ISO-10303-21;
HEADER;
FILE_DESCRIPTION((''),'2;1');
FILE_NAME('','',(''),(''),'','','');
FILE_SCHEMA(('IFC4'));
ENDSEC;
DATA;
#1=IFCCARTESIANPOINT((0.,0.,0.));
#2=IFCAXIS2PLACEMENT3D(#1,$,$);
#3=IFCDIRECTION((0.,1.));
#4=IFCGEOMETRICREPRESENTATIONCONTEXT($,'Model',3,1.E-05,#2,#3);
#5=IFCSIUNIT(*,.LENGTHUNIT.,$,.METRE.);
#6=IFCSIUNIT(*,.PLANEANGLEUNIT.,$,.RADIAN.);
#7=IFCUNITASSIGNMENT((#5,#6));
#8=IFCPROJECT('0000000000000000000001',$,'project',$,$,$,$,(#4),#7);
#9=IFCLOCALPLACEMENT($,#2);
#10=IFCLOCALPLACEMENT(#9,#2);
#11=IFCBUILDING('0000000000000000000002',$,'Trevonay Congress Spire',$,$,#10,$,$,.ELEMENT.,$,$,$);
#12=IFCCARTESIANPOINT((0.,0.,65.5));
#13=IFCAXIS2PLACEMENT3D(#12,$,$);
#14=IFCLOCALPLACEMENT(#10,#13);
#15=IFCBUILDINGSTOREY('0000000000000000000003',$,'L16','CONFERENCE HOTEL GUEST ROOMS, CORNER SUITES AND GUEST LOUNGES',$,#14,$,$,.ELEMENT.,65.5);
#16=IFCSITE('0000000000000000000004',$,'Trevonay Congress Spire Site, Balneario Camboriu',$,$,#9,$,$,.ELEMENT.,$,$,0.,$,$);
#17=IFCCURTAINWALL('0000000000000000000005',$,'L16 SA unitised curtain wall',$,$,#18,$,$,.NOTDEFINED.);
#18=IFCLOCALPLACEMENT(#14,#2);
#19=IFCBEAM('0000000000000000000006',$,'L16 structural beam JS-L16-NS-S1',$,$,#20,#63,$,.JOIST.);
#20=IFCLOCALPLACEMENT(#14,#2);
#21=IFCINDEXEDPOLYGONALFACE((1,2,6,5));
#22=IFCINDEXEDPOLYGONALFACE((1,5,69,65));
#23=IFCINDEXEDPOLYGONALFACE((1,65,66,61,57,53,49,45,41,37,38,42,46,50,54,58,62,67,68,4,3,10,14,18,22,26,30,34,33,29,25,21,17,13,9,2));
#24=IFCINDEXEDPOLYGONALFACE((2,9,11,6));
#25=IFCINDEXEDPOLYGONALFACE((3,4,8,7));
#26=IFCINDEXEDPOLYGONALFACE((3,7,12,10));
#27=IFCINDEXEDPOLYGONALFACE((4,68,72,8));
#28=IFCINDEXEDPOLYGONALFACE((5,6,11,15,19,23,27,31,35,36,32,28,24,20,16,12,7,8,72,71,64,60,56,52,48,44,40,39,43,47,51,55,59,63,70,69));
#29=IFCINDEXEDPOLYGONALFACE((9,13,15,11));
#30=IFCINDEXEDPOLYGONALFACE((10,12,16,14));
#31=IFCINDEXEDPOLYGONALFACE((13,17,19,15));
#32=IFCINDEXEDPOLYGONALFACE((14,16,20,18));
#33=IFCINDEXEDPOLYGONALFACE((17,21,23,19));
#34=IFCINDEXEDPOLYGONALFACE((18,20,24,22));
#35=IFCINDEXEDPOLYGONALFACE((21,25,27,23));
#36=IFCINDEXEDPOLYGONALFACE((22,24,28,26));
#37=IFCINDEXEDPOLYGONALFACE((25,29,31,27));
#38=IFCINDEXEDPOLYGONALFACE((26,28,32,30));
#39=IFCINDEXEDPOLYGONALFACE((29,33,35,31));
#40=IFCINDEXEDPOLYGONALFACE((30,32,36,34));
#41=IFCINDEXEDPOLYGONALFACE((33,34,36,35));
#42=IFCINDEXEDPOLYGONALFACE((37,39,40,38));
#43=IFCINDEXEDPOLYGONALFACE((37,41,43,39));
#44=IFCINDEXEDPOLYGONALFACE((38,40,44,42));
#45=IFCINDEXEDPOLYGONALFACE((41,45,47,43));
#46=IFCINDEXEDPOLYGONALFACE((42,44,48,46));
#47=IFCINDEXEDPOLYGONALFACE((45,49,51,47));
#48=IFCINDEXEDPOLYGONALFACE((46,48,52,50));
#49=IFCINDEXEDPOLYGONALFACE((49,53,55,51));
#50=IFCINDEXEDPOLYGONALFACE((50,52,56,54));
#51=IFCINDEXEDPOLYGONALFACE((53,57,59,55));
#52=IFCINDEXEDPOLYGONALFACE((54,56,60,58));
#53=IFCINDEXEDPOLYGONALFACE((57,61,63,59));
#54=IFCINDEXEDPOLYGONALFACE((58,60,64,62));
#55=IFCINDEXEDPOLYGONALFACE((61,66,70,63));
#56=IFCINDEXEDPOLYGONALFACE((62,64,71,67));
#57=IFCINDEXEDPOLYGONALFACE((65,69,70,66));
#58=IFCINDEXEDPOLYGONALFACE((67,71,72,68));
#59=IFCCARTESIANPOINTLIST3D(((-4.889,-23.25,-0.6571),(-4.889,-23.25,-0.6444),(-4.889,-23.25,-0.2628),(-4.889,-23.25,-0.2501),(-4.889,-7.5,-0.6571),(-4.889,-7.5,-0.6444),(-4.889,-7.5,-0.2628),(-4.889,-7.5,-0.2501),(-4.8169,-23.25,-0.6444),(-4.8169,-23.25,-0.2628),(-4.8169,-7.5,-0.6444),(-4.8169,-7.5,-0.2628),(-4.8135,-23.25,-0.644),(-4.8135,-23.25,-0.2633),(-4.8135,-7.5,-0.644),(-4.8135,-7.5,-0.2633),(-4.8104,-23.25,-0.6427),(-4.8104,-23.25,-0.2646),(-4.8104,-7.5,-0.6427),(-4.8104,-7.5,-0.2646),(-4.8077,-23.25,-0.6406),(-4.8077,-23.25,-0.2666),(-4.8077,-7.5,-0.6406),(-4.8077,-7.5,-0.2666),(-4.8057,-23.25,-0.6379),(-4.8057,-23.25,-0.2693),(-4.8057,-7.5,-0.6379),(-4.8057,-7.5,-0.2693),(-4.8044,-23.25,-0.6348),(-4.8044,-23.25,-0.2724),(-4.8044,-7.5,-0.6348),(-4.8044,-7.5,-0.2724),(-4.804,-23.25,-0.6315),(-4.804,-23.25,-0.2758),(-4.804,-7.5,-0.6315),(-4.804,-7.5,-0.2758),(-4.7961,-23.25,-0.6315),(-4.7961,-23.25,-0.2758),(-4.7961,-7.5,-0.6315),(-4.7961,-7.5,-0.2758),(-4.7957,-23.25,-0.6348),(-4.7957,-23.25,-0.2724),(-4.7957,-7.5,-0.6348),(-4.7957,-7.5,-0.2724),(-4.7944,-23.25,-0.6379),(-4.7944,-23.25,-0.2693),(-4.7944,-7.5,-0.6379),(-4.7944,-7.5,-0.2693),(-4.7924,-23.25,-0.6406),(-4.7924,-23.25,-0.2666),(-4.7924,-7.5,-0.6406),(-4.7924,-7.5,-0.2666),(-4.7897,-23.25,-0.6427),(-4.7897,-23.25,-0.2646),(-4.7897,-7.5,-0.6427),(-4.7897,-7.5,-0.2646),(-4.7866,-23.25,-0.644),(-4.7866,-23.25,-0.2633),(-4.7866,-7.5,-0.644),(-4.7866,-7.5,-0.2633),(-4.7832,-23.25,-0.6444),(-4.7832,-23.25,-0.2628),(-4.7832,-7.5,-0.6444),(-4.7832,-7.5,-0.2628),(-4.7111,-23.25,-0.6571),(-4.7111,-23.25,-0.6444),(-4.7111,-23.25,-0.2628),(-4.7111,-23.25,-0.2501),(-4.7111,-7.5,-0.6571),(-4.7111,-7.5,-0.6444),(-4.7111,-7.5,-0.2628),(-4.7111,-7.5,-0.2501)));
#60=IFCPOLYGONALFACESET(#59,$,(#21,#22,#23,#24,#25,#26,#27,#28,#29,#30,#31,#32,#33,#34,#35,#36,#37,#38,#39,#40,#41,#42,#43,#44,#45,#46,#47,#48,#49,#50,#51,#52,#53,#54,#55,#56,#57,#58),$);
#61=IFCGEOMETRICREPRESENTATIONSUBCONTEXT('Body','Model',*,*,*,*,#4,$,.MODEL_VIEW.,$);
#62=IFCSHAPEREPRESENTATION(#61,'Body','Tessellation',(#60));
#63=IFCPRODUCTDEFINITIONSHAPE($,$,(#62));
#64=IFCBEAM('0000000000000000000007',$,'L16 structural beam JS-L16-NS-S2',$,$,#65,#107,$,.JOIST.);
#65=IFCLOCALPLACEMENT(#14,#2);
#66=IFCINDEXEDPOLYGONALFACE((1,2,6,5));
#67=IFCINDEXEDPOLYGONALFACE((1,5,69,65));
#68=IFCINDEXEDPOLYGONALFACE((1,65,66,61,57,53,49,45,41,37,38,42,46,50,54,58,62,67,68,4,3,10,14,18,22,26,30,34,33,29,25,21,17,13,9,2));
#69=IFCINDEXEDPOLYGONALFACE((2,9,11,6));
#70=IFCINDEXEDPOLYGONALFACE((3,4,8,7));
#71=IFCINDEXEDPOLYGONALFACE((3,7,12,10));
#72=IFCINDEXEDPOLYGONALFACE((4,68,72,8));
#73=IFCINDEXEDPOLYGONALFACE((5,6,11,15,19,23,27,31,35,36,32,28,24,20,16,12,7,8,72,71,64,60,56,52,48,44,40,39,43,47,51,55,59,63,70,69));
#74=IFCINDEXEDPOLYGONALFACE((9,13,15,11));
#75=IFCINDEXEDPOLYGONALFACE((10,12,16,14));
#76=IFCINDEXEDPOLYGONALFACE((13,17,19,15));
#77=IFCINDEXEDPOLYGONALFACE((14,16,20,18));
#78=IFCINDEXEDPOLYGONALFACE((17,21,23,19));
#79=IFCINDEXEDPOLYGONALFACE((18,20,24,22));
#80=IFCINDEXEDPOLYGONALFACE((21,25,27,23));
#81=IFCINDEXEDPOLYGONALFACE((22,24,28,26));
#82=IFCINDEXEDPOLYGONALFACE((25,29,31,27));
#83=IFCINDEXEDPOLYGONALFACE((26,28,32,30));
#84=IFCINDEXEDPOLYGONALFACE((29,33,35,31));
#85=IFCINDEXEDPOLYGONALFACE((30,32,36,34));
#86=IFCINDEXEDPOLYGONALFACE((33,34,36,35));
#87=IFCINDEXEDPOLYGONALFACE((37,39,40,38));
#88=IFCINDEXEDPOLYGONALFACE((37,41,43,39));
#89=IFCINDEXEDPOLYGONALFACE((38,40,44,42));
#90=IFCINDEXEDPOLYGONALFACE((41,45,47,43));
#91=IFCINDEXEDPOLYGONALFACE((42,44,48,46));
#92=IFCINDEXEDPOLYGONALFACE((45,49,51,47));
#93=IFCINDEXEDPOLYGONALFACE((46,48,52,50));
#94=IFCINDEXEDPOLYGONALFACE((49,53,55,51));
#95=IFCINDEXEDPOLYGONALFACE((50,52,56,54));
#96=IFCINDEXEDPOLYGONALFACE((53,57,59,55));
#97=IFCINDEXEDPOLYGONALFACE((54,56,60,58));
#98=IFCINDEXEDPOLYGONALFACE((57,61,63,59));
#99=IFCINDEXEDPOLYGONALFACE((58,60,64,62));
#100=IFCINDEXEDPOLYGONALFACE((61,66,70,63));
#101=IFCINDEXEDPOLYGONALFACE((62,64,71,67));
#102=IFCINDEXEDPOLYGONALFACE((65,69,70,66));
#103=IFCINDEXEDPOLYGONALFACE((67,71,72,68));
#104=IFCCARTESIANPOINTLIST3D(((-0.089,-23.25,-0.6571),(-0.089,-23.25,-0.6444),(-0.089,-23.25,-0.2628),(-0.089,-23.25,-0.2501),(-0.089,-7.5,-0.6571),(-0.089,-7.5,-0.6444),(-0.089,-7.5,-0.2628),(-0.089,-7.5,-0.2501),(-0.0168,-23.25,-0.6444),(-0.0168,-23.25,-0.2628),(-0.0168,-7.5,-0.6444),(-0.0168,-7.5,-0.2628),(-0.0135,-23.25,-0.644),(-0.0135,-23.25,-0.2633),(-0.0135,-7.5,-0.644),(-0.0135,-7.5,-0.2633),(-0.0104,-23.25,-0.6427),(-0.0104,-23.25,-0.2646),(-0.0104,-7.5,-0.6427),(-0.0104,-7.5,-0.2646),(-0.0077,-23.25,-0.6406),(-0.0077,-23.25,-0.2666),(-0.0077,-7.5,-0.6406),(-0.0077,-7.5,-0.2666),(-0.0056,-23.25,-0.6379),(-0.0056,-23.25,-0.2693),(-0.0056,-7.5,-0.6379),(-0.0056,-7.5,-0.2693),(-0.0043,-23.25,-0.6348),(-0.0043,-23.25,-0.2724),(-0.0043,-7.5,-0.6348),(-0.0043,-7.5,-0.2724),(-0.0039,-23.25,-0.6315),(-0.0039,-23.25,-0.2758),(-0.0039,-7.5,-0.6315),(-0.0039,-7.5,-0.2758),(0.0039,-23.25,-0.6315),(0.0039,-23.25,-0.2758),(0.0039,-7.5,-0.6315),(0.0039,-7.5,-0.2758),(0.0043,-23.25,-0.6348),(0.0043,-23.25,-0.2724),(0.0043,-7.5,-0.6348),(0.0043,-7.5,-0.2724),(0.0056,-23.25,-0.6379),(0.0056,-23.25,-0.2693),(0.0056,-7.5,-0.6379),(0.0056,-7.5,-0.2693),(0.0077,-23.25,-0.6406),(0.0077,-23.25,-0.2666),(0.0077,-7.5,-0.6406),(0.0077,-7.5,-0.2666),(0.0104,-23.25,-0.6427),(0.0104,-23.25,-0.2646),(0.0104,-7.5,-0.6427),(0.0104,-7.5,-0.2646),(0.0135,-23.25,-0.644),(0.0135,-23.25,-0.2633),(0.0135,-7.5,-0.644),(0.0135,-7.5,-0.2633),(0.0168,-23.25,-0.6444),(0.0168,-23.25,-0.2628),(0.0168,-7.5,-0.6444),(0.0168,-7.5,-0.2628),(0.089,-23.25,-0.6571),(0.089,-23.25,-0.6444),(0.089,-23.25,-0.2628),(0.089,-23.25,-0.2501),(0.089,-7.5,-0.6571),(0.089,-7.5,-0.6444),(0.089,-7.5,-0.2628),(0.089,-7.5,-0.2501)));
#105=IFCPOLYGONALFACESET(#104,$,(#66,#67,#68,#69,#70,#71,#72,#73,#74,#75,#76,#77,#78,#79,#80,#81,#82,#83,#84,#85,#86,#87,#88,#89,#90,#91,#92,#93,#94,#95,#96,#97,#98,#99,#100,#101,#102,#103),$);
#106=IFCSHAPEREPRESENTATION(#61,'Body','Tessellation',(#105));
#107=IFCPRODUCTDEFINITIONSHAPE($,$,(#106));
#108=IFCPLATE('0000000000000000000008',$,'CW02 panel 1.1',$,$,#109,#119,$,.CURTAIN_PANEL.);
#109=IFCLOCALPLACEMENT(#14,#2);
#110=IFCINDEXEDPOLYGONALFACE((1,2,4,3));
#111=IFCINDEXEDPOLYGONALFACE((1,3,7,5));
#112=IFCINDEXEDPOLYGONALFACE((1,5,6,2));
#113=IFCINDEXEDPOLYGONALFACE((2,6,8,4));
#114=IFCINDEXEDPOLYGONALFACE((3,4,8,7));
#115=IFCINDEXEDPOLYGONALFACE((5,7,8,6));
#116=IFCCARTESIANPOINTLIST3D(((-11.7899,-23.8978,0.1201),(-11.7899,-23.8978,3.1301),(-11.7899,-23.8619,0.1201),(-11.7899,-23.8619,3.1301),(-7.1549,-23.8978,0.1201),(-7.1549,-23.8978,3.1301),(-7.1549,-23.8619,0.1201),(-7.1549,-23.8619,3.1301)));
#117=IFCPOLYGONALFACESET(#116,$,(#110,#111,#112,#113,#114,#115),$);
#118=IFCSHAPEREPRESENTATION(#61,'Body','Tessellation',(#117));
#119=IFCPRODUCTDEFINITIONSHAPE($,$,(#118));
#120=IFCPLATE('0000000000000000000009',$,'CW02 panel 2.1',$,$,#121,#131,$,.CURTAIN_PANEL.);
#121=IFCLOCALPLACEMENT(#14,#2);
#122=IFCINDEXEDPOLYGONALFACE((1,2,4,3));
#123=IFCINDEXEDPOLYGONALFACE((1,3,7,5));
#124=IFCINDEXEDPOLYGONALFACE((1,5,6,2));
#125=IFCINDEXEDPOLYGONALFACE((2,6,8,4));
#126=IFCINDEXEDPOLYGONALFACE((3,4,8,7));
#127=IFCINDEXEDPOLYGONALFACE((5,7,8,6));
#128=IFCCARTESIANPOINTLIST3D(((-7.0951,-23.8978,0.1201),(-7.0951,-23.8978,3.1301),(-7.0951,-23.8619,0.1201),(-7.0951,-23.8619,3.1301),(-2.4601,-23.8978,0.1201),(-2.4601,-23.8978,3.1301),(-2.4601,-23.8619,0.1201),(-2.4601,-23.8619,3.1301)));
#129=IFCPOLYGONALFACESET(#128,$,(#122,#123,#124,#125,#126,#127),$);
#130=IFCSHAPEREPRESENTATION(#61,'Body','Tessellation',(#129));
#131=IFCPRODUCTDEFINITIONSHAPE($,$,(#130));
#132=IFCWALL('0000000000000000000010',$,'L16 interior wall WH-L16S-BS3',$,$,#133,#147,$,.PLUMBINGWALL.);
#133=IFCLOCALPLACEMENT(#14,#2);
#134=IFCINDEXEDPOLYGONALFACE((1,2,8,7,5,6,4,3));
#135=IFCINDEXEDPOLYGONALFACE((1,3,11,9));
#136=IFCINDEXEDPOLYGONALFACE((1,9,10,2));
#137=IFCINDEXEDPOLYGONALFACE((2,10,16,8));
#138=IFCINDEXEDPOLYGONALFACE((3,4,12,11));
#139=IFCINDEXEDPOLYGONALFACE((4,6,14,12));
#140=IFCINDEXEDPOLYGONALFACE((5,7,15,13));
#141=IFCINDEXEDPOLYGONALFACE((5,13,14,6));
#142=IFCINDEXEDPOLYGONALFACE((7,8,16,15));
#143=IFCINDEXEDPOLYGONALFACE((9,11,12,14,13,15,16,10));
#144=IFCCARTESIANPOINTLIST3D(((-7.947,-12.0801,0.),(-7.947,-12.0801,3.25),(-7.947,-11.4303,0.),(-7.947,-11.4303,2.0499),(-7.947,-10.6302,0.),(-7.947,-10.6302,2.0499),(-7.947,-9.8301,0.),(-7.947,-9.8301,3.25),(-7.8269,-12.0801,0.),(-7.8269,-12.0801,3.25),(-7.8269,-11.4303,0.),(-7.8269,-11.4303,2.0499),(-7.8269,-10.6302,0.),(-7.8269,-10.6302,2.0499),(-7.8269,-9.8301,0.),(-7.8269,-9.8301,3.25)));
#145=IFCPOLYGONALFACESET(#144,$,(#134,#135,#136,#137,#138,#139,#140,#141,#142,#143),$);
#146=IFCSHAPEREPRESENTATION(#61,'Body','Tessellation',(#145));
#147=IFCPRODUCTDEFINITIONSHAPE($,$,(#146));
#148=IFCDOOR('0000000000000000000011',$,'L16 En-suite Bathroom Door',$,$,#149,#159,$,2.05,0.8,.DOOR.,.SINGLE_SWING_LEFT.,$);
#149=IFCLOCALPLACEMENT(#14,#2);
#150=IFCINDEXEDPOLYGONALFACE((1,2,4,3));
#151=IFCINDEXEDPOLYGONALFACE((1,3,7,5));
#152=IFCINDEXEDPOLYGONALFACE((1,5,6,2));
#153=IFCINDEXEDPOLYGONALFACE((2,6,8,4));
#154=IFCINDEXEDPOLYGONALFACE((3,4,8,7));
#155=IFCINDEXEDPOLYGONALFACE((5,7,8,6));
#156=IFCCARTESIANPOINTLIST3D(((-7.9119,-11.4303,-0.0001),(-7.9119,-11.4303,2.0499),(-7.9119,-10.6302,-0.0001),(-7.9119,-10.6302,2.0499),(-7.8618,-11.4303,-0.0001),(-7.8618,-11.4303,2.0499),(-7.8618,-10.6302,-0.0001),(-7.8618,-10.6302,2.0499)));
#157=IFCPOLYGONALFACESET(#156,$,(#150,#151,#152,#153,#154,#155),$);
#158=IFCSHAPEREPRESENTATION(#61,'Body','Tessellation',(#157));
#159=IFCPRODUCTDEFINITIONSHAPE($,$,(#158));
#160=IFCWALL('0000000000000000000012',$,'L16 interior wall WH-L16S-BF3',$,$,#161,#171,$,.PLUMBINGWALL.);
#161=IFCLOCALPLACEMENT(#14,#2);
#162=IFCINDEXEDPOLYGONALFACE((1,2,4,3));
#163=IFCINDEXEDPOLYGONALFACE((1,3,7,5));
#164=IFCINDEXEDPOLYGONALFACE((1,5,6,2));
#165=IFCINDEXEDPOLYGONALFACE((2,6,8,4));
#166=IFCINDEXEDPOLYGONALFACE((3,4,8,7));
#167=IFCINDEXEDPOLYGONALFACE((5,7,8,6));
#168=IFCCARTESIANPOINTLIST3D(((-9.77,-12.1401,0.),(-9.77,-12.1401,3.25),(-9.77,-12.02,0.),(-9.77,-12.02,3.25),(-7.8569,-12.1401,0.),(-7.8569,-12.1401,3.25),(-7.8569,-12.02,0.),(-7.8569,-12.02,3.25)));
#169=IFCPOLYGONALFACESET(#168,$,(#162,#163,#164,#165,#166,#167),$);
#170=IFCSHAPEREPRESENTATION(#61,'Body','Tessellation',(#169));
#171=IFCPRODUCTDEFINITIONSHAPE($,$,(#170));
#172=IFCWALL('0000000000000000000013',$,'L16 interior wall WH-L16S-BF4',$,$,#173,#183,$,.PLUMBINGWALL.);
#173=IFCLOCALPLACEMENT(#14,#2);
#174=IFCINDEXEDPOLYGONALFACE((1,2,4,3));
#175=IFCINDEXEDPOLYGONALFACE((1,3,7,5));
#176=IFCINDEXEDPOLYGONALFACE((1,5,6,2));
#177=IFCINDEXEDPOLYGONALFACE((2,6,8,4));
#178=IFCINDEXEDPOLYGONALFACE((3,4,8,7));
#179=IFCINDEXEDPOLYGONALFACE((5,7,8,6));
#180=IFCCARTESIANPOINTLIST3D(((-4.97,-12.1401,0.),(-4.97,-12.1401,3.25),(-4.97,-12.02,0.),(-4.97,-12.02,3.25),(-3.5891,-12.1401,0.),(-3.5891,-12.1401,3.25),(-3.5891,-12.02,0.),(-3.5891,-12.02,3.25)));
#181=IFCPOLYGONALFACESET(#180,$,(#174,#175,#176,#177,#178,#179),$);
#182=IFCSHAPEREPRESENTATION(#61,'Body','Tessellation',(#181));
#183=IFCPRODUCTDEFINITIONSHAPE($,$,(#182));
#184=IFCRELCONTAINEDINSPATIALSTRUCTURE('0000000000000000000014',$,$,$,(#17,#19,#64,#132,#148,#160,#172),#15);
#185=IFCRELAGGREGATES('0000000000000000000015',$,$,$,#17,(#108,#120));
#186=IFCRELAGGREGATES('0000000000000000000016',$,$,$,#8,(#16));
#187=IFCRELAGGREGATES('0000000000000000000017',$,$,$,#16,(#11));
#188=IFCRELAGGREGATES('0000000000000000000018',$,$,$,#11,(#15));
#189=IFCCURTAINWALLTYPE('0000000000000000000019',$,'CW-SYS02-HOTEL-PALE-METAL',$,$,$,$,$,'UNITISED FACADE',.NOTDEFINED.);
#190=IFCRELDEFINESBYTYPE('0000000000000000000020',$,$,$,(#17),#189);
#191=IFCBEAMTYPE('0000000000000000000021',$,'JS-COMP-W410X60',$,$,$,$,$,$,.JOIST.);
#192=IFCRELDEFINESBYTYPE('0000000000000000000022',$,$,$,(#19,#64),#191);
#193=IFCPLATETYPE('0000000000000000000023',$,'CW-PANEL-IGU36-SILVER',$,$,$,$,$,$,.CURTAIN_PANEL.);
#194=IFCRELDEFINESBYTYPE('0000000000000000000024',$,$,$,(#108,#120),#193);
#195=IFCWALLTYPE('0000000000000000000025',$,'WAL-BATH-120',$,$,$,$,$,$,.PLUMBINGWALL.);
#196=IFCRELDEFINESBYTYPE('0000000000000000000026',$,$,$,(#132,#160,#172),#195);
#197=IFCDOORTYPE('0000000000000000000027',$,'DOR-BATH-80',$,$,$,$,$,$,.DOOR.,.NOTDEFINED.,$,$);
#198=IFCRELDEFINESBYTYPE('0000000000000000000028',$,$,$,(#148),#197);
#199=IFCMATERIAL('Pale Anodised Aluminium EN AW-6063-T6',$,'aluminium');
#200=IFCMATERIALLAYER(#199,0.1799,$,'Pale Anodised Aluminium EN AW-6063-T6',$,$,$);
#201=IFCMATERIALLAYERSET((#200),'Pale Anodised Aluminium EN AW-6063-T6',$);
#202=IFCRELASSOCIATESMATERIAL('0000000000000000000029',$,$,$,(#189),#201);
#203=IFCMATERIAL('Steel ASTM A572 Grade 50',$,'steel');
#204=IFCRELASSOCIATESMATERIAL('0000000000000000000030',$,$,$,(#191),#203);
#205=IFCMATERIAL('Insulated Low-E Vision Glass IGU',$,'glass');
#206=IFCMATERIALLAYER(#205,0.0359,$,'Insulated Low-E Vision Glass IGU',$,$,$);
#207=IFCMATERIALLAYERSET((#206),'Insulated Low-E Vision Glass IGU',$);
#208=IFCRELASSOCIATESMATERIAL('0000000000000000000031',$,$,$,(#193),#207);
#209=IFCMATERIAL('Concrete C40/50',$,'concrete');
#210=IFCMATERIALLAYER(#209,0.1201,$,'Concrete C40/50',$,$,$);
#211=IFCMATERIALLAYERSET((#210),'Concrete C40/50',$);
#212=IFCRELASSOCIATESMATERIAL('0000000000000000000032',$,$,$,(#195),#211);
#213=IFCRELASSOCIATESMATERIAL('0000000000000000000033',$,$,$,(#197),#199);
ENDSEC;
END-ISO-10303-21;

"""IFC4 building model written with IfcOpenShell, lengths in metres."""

from ifc_helpers import new_model, si_unit, direction, frame, frame_2d, origin, origin_2d, place, context, subcontext, project, spatial, rectangle, i_section, extrude, material, layer, layer_set, material_profile, profile_set, type_object, element, fill, aggregate, save


model = new_model("IFC4")

# Units and contexts
model_context = context("Model", 3, precision=1e-05, world=origin(), true_north=direction((0.0, 1.0)))
body_context = subcontext(model_context, "Body", "Model", "MODEL_VIEW")
ifc_project = project(units=[si_unit("LENGTHUNIT", "METRE"), si_unit("PLANEANGLEUNIT", "RADIAN")], contexts=[model_context])

# Site, building, storey
site_placement = place(None, origin())
site = spatial("IfcSite", under=ifc_project, at=site_placement, Name="Trevonay Congress Spire Site, Balneario Camboriu", CompositionType="ELEMENT", RefElevation=0.0)
building_placement = place(site_placement, origin())
building = spatial("IfcBuilding", under=site, at=building_placement, Name="Trevonay Congress Spire", CompositionType="ELEMENT")
storey_placement = place(building_placement, frame((0.0, 0.0, 65.5)))
storey = spatial("IfcBuildingStorey", under=building, at=storey_placement, Name="L16", Description="CONFERENCE HOTEL GUEST ROOMS, CORNER SUITES AND GUEST LOUNGES", CompositionType="ELEMENT", Elevation=65.5)

# Shared definitions
ifc_material_1 = material(Name="Steel ASTM A572 Grade 50", Category="steel")

# Curtain wall
ifc_material_2 = material(Name="Pale Anodised Aluminium EN AW-6063-T6", Category="aluminium")
ifc_layer_1 = layer(ifc_material_2, 0.1799, Name="Pale Anodised Aluminium EN AW-6063-T6")
ifc_layer_set_1 = layer_set([ifc_layer_1], Name="Pale Anodised Aluminium EN AW-6063-T6")
curtain_wall_type = type_object("IfcCurtainWallType", Name="CW-SYS02-HOTEL-PALE-METAL", ElementType="UNITISED FACADE", PredefinedType="NOTDEFINED", material=ifc_layer_set_1)
curtain_wall_placement = place(storey_placement, origin())
curtain_wall = element("IfcCurtainWall", 1, at=curtain_wall_placement, inside=storey, type_object=curtain_wall_type, Name="L16 SA unitised curtain wall", PredefinedType="NOTDEFINED")

# Beams
ifc_material_profile_1 = material_profile(ifc_material_1, i_section(OverallWidth=0.178, OverallDepth=0.407, WebThickness=0.0078, FlangeThickness=0.0127, FilletRadius=0.0129, at=origin_2d()), Name="W410x60")
ifc_profile_set_1 = profile_set([ifc_material_profile_1], Name="Steel ASTM A572 Grade 50")
beam_type_1 = type_object("IfcBeamType", Name="JS-COMP-W410X60", PredefinedType="JOIST", material=ifc_profile_set_1)
for number, where, z_axis, x_axis, name in (
    (2, (-4.8, -23.25, -0.4536), (0.0, 1.0, 0.0), (-1.0, 0.0, 0.0), "L16 structural beam JS-L16-NS-S1"),
    (3, (0.0, -23.25, -0.4536), (0.0, 1.0, 0.0), (-1.0, 0.0, 0.0), "L16 structural beam JS-L16-NS-S2"),
):
    element("IfcBeam", number, at=place(storey_placement, frame(where, z_axis=z_axis, x_axis=x_axis)), inside=storey, type_object=beam_type_1, Name=name, PredefinedType="JOIST", context=body_context, shape_type="SweptSolid", body=[
        extrude(i_section(OverallWidth=0.178, OverallDepth=0.407, WebThickness=0.0078, FlangeThickness=0.0127, FilletRadius=0.0129, at=origin_2d()), origin(), (0.0, 0.0, 1.0), 15.75),
    ])

# Plates
ifc_material_3 = material(Name="Insulated Low-E Vision Glass IGU", Category="glass")
ifc_layer_2 = layer(ifc_material_3, 0.0359, Name="Insulated Low-E Vision Glass IGU")
ifc_layer_set_2 = layer_set([ifc_layer_2], Name="Insulated Low-E Vision Glass IGU")
plate_type = type_object("IfcPlateType", Name="CW-PANEL-IGU36-SILVER", PredefinedType="CURTAIN_PANEL", material=ifc_layer_set_2)
plate_1_placement = place(storey_placement, frame((-9.4724, -23.8799, 0.1201), z_axis=(0.0, 0.0, 1.0), x_axis=(1.0, 0.0, 0.0)))
plate_1 = element("IfcPlate", 4, at=plate_1_placement, type_object=plate_type, Name="CW02 panel 1.1", PredefinedType="CURTAIN_PANEL", context=body_context, shape_type="SweptSolid", body=[
    extrude(rectangle(XDim=4.635, YDim=0.0359, at=origin_2d()), origin(), (0.0, 0.0, 1.0), 3.01),
])
plate_2_placement = place(storey_placement, frame((-4.7776, -23.8799, 0.1201), z_axis=(0.0, 0.0, 1.0), x_axis=(1.0, 0.0, 0.0)))
plate_2 = element("IfcPlate", 5, at=plate_2_placement, type_object=plate_type, Name="CW02 panel 2.1", PredefinedType="CURTAIN_PANEL", context=body_context, shape_type="SweptSolid", body=[
    extrude(rectangle(XDim=4.635, YDim=0.0359, at=origin_2d()), origin(), (0.0, 0.0, 1.0), 3.01),
])
aggregate(curtain_wall, [plate_1, plate_2])

# Wall, opening, door
ifc_material_4 = material(Name="Concrete C40/50", Category="concrete")
ifc_layer_3 = layer(ifc_material_4, 0.1201, Name="Concrete C40/50")
ifc_layer_set_3 = layer_set([ifc_layer_3], Name="Concrete C40/50")
wall_type_1 = type_object("IfcWallType", Name="WAL-BATH-120", PredefinedType="PLUMBINGWALL", material=ifc_layer_set_3)
wall_1_placement = place(storey_placement, frame((-7.887, -12.0801, 0.0), z_axis=(0.0, 0.0, 1.0), x_axis=(0.0, 1.0, 0.0)))
wall_1 = element("IfcWall", 6, at=wall_1_placement, inside=storey, type_object=wall_type_1, Name="L16 interior wall WH-L16S-BS3", PredefinedType="PLUMBINGWALL", context=body_context, shape_type="SweptSolid", body=[
    extrude(rectangle(XDim=2.25, YDim=0.1201, at=frame_2d((1.125, 0.0))), origin(), (0.0, 0.0, 1.0), 3.25),
])
opening_1_placement = place(wall_1_placement, frame((0.6499, 0.0, 0.0)))
opening_1 = element("IfcOpeningElement", 7, at=opening_1_placement, cuts=wall_1, PredefinedType="OPENING", context=body_context, shape_type="SweptSolid", body=[
    extrude(rectangle(XDim=0.8, YDim=2.05, at=frame_2d((0.3999, 1.0249))), frame((0.0, 0.0701, 0.0), z_axis=(0.0, -1.0, 0.0), x_axis=(1.0, 0.0, 0.0)), (0.0, 0.0, 1.0), 0.1401),
])
door_type_1 = type_object("IfcDoorType", Name="DOR-BATH-80", OperationType="NOTDEFINED", PredefinedType="DOOR", material=ifc_material_2)
door_1_placement = place(opening_1_placement, origin())
door_1 = element("IfcDoor", 8, at=door_1_placement, inside=storey, type_object=door_type_1, Name="L16 En-suite Bathroom Door", OperationType="SINGLE_SWING_LEFT", OverallHeight=2.05, OverallWidth=0.8, PredefinedType="DOOR", context=body_context, shape_type="SweptSolid", body=[
    extrude(rectangle(XDim=0.8, YDim=2.05, at=frame_2d((0.3999, 1.0249))), frame((0.0, 0.0249, 0.0), z_axis=(0.0, -1.0, 0.0), x_axis=(1.0, 0.0, 0.0)), (0.0, 0.0, 1.0), 0.05),
])
fill(opening_1, door_1)

# Walls
wall_2_placement = place(storey_placement, frame((-9.77, -12.0801, 0.0), z_axis=(0.0, 0.0, 1.0), x_axis=(1.0, 0.0, 0.0)))
element("IfcWall", 9, at=wall_2_placement, inside=storey, type_object=wall_type_1, Name="L16 interior wall WH-L16S-BF3", PredefinedType="PLUMBINGWALL", context=body_context, shape_type="SweptSolid", body=[
    extrude(rectangle(XDim=1.9131, YDim=0.1201, at=frame_2d((0.9565, 0.0))), origin(), (0.0, 0.0, 1.0), 3.25),
])
wall_3_placement = place(storey_placement, frame((-4.97, -12.0801, 0.0), z_axis=(0.0, 0.0, 1.0), x_axis=(1.0, 0.0, 0.0)))
element("IfcWall", 10, at=wall_3_placement, inside=storey, type_object=wall_type_1, Name="L16 interior wall WH-L16S-BF4", PredefinedType="PLUMBINGWALL", context=body_context, shape_type="SweptSolid", body=[
    extrude(rectangle(XDim=1.3809, YDim=0.1201, at=frame_2d((0.6904, 0.0))), origin(), (0.0, 0.0, 1.0), 3.25),
])

save(model, "model.ifc")
